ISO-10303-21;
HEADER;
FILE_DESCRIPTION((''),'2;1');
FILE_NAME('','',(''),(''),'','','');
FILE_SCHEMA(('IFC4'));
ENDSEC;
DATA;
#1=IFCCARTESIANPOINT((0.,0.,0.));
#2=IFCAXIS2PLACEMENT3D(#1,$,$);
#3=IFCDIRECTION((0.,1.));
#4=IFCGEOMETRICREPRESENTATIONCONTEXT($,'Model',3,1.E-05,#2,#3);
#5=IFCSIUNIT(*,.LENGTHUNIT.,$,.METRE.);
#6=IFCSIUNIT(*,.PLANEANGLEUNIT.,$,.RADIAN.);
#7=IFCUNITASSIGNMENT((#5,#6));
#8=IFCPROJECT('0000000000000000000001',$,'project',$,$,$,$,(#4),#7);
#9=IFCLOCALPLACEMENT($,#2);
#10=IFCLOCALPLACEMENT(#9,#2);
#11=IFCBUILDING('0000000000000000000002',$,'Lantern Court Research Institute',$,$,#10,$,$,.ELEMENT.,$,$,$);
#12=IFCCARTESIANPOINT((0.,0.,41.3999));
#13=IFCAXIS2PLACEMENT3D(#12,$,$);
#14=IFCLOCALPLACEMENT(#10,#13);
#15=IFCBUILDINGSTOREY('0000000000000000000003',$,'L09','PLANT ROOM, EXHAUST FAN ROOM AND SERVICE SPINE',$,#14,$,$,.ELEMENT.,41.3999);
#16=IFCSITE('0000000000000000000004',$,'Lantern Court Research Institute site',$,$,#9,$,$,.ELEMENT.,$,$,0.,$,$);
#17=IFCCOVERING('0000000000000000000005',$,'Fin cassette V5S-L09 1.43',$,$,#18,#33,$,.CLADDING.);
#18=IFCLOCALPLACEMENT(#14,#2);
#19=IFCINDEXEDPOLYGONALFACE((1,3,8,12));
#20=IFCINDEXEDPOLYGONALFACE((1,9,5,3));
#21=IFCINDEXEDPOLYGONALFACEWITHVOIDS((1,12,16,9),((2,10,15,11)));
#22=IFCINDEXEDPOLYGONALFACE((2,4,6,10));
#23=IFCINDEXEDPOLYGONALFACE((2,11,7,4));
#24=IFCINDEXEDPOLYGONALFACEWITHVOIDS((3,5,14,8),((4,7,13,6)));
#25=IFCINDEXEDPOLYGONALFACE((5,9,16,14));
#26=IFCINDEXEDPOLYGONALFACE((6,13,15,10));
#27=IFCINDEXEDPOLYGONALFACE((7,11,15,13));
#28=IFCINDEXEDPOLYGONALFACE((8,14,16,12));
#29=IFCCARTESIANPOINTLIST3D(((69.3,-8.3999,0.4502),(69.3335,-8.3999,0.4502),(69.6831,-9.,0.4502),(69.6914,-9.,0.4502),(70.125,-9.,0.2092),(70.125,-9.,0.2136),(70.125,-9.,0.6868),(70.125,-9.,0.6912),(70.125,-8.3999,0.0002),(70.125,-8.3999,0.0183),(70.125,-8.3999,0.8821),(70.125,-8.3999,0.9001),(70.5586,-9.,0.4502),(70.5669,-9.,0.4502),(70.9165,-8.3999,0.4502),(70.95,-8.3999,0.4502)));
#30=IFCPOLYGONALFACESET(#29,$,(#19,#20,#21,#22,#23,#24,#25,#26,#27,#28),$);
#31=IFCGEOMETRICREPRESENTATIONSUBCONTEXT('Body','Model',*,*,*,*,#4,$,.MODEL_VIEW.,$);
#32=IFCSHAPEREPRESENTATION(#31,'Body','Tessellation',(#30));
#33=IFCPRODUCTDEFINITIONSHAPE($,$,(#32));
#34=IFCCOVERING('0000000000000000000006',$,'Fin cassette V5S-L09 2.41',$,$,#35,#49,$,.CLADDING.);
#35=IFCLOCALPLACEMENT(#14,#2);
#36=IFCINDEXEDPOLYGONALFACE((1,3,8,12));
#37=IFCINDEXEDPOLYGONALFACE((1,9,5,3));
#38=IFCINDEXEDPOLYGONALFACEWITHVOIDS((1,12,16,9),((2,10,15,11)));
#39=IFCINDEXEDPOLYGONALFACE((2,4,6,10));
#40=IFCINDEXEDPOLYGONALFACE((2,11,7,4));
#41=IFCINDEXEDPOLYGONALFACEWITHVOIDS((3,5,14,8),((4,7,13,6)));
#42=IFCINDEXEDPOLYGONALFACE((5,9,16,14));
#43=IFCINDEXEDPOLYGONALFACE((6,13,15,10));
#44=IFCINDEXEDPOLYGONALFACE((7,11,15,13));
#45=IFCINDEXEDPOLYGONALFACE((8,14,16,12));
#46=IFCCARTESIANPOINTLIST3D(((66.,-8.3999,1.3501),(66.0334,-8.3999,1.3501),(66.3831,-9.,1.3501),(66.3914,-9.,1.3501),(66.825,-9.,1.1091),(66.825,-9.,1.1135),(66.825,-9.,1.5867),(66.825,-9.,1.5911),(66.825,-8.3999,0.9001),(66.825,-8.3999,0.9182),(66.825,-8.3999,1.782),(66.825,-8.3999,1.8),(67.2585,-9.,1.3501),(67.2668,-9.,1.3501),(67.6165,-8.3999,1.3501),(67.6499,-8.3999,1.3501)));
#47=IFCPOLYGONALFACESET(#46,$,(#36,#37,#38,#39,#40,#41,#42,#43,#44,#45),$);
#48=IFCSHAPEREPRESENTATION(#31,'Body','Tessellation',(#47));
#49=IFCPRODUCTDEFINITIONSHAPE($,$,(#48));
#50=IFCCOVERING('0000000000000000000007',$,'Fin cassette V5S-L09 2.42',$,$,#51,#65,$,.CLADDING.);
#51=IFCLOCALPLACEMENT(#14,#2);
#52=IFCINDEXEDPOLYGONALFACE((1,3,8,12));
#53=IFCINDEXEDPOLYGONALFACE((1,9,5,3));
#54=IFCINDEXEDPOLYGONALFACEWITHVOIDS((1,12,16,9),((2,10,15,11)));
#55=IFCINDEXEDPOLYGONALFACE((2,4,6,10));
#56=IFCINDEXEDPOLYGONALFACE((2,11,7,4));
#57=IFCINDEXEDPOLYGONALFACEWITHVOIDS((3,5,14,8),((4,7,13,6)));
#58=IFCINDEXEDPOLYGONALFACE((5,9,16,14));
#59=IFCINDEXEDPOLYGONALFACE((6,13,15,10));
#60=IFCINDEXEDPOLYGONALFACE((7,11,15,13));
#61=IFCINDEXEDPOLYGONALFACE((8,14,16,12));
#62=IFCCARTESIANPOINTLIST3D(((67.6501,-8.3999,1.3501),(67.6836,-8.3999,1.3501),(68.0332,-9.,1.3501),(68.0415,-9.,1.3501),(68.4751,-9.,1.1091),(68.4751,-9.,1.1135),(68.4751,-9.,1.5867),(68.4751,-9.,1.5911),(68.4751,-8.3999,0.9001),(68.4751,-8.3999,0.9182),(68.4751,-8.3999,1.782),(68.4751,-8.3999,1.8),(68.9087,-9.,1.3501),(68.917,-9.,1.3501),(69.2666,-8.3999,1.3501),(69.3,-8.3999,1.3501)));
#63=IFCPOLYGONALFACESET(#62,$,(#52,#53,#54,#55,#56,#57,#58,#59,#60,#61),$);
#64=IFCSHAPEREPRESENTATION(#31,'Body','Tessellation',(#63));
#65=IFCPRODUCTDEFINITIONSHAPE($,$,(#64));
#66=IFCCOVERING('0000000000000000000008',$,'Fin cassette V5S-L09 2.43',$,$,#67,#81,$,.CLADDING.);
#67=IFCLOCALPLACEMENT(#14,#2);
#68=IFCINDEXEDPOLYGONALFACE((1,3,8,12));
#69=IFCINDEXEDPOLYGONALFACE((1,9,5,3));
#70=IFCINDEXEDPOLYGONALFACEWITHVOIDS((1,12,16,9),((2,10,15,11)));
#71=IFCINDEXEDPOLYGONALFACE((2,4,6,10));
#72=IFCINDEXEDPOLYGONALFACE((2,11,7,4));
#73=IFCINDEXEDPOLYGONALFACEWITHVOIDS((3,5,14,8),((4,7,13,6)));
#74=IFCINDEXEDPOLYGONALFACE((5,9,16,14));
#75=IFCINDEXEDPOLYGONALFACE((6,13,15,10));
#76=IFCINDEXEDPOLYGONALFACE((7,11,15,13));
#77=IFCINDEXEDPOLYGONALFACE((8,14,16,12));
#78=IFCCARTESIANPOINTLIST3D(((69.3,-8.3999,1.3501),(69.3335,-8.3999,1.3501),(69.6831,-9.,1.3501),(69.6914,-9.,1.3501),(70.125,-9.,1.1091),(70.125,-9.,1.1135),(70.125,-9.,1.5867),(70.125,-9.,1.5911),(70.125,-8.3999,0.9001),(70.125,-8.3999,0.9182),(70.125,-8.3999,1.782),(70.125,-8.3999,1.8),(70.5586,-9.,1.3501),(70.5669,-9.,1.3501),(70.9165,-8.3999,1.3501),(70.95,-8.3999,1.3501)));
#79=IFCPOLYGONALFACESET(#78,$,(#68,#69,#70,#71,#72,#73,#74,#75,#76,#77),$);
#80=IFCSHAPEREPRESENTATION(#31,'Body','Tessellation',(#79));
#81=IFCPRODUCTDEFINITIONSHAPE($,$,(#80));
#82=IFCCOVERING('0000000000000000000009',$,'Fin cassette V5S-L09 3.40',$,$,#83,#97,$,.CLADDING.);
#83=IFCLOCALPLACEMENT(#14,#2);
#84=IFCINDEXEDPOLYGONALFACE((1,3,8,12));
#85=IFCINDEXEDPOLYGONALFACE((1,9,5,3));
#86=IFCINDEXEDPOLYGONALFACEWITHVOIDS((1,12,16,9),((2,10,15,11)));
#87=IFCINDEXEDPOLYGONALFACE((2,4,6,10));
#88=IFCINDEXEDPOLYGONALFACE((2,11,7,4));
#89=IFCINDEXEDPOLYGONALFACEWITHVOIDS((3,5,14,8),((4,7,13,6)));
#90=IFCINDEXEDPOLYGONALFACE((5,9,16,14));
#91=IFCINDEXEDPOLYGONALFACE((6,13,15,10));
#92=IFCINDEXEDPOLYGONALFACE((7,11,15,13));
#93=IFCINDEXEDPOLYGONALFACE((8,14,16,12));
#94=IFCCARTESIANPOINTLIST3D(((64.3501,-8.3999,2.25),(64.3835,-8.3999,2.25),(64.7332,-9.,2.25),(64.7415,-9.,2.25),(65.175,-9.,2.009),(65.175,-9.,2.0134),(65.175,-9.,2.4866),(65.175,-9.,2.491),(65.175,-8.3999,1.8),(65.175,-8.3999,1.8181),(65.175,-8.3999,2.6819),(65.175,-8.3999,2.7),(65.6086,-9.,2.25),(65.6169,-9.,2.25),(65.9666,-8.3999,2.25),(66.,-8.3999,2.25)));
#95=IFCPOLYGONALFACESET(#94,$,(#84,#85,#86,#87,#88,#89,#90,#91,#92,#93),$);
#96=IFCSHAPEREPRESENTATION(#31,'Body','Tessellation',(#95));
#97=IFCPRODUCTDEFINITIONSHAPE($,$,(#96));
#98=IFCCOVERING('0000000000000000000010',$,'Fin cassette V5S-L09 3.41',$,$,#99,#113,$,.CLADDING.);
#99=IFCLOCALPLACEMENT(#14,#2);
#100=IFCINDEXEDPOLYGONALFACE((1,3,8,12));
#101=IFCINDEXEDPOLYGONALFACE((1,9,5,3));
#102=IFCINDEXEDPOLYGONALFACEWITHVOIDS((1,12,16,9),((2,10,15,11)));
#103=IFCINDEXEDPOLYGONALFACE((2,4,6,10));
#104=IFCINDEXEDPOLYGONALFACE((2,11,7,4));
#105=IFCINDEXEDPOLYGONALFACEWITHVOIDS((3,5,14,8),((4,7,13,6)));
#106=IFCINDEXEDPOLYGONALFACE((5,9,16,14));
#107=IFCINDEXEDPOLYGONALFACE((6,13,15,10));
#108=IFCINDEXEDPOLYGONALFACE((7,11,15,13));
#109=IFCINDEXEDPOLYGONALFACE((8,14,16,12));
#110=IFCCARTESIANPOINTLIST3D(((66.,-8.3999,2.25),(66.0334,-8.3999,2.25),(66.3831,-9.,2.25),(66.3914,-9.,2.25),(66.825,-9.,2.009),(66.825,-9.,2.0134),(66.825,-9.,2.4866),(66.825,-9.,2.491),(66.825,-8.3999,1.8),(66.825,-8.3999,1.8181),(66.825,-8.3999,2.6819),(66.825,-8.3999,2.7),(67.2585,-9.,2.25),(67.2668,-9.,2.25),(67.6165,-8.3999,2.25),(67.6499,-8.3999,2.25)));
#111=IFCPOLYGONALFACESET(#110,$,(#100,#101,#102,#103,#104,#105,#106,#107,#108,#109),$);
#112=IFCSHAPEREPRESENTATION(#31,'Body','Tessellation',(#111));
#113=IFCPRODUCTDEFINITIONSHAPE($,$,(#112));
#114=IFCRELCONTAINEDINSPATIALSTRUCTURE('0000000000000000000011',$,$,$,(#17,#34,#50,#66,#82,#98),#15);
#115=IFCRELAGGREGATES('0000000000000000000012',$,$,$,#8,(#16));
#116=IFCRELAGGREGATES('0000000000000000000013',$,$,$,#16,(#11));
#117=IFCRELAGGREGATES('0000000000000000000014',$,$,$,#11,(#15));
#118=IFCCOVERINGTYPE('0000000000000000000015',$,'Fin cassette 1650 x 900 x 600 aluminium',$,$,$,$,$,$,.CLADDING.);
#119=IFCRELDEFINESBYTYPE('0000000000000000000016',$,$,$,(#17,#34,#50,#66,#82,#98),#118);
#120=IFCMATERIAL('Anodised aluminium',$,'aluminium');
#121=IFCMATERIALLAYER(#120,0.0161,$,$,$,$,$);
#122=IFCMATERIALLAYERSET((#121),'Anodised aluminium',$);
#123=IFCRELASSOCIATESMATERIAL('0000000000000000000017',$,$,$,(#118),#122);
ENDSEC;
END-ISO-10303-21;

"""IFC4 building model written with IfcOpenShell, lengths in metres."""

from ifc_helpers import new_model, entity, si_unit, direction, frame, origin, place, context, subcontext, project, spatial, material, layer, layer_set, type_object, element, save


model = new_model("IFC4")

# Units and contexts
model_context = context("Model", 3, precision=1e-05, world=origin(), true_north=direction((0.0, 1.0)))
body_context = subcontext(model_context, "Body", "Model", "MODEL_VIEW")
ifc_project = project(units=[si_unit("LENGTHUNIT", "METRE"), si_unit("PLANEANGLEUNIT", "RADIAN")], contexts=[model_context])

# Site, building, storey
site_placement = place(None, origin())
site = spatial("IfcSite", under=ifc_project, at=site_placement, Name="Lantern Court Research Institute site", CompositionType="ELEMENT", RefElevation=0.0)
building_placement = place(site_placement, origin())
building = spatial("IfcBuilding", under=site, at=building_placement, Name="Lantern Court Research Institute", CompositionType="ELEMENT")
storey_placement = place(building_placement, frame((0.0, 0.0, 41.3999)))
storey = spatial("IfcBuildingStorey", under=building, at=storey_placement, Name="L09", Description="PLANT ROOM, EXHAUST FAN ROOM AND SERVICE SPINE", CompositionType="ELEMENT", Elevation=41.3999)

# Coverings
ifc_material_1 = material(Name="Anodised aluminium", Category="aluminium")
ifc_layer_1 = layer(ifc_material_1, 0.0161)
ifc_layer_set_1 = layer_set([ifc_layer_1], Name="Anodised aluminium")
covering_type = type_object("IfcCoveringType", Name="Fin cassette 1650 x 900 x 600 aluminium", PredefinedType="CLADDING", material=ifc_layer_set_1)
covering_1_placement = place(storey_placement, frame((70.125, -8.3999, 0.4502), z_axis=(0.0, -1.0, 0.0), x_axis=(1.0, 0.0, 0.0)))
cartesian_point_1 = entity("IfcCartesianPoint", [0.825, 0.0])
cartesian_point_2 = entity("IfcCartesianPoint", [0.7915, 0.0])
cartesian_point_3 = entity("IfcCartesianPoint", [0.4419, 0.0])
cartesian_point_4 = entity("IfcCartesianPoint", [0.4336, 0.0])
element("IfcCovering", 1, at=covering_1_placement, inside=storey, type_object=covering_type, Name="Fin cassette V5S-L09 1.43", PredefinedType="CLADDING", context=body_context, shape_type="SweptSolid", body=[
    entity("IfcExtrudedAreaSolidTapered", entity("IfcArbitraryProfileDefWithVoids", "AREA", None, entity("IfcPolyline", [cartesian_point_1, entity("IfcCartesianPoint", [0.0, 0.45]), entity("IfcCartesianPoint", [-0.825, 0.0]), entity("IfcCartesianPoint", [0.0, -0.45]), cartesian_point_1]), [entity("IfcPolyline", [cartesian_point_2, entity("IfcCartesianPoint", [0.0, 0.4319]), entity("IfcCartesianPoint", [-0.7915, 0.0]), entity("IfcCartesianPoint", [0.0, -0.4319]), cartesian_point_2])]), entity("IfcAxis2Placement3D", entity("IfcCartesianPoint", [0.0, 0.0, 0.0])), entity("IfcDirection", [0.0, 0.0, 1.0]), 0.6001, entity("IfcArbitraryProfileDefWithVoids", "AREA", None, entity("IfcPolyline", [cartesian_point_3, entity("IfcCartesianPoint", [0.0, 0.241]), entity("IfcCartesianPoint", [-0.4419, 0.0]), entity("IfcCartesianPoint", [0.0, -0.241]), cartesian_point_3]), [entity("IfcPolyline", [cartesian_point_4, entity("IfcCartesianPoint", [0.0, 0.2366]), entity("IfcCartesianPoint", [-0.4336, 0.0]), entity("IfcCartesianPoint", [0.0, -0.2366]), cartesian_point_4])])),
])
covering_2_placement = place(storey_placement, frame((66.825, -8.3999, 1.3501), z_axis=(0.0, -1.0, 0.0), x_axis=(1.0, 0.0, 0.0)))
cartesian_point_5 = entity("IfcCartesianPoint", [0.825, 0.0])
cartesian_point_6 = entity("IfcCartesianPoint", [0.7915, 0.0])
cartesian_point_7 = entity("IfcCartesianPoint", [0.4419, 0.0])
cartesian_point_8 = entity("IfcCartesianPoint", [0.4336, 0.0])
element("IfcCovering", 2, at=covering_2_placement, inside=storey, type_object=covering_type, Name="Fin cassette V5S-L09 2.41", PredefinedType="CLADDING", context=body_context, shape_type="SweptSolid", body=[
    entity("IfcExtrudedAreaSolidTapered", entity("IfcArbitraryProfileDefWithVoids", "AREA", None, entity("IfcPolyline", [cartesian_point_5, entity("IfcCartesianPoint", [0.0, 0.45]), entity("IfcCartesianPoint", [-0.825, 0.0]), entity("IfcCartesianPoint", [0.0, -0.45]), cartesian_point_5]), [entity("IfcPolyline", [cartesian_point_6, entity("IfcCartesianPoint", [0.0, 0.4319]), entity("IfcCartesianPoint", [-0.7915, 0.0]), entity("IfcCartesianPoint", [0.0, -0.4319]), cartesian_point_6])]), entity("IfcAxis2Placement3D", entity("IfcCartesianPoint", [0.0, 0.0, 0.0])), entity("IfcDirection", [0.0, 0.0, 1.0]), 0.6001, entity("IfcArbitraryProfileDefWithVoids", "AREA", None, entity("IfcPolyline", [cartesian_point_7, entity("IfcCartesianPoint", [0.0, 0.241]), entity("IfcCartesianPoint", [-0.4419, 0.0]), entity("IfcCartesianPoint", [0.0, -0.241]), cartesian_point_7]), [entity("IfcPolyline", [cartesian_point_8, entity("IfcCartesianPoint", [0.0, 0.2366]), entity("IfcCartesianPoint", [-0.4336, 0.0]), entity("IfcCartesianPoint", [0.0, -0.2366]), cartesian_point_8])])),
])
covering_3_placement = place(storey_placement, frame((68.4751, -8.3999, 1.3501), z_axis=(0.0, -1.0, 0.0), x_axis=(1.0, 0.0, 0.0)))
cartesian_point_9 = entity("IfcCartesianPoint", [0.825, 0.0])
cartesian_point_10 = entity("IfcCartesianPoint", [0.7915, 0.0])
cartesian_point_11 = entity("IfcCartesianPoint", [0.4419, 0.0])
cartesian_point_12 = entity("IfcCartesianPoint", [0.4336, 0.0])
element("IfcCovering", 3, at=covering_3_placement, inside=storey, type_object=covering_type, Name="Fin cassette V5S-L09 2.42", PredefinedType="CLADDING", context=body_context, shape_type="SweptSolid", body=[
    entity("IfcExtrudedAreaSolidTapered", entity("IfcArbitraryProfileDefWithVoids", "AREA", None, entity("IfcPolyline", [cartesian_point_9, entity("IfcCartesianPoint", [0.0, 0.45]), entity("IfcCartesianPoint", [-0.825, 0.0]), entity("IfcCartesianPoint", [0.0, -0.45]), cartesian_point_9]), [entity("IfcPolyline", [cartesian_point_10, entity("IfcCartesianPoint", [0.0, 0.4319]), entity("IfcCartesianPoint", [-0.7915, 0.0]), entity("IfcCartesianPoint", [0.0, -0.4319]), cartesian_point_10])]), entity("IfcAxis2Placement3D", entity("IfcCartesianPoint", [0.0, 0.0, 0.0])), entity("IfcDirection", [0.0, 0.0, 1.0]), 0.6001, entity("IfcArbitraryProfileDefWithVoids", "AREA", None, entity("IfcPolyline", [cartesian_point_11, entity("IfcCartesianPoint", [0.0, 0.241]), entity("IfcCartesianPoint", [-0.4419, 0.0]), entity("IfcCartesianPoint", [0.0, -0.241]), cartesian_point_11]), [entity("IfcPolyline", [cartesian_point_12, entity("IfcCartesianPoint", [0.0, 0.2366]), entity("IfcCartesianPoint", [-0.4336, 0.0]), entity("IfcCartesianPoint", [0.0, -0.2366]), cartesian_point_12])])),
])
covering_4_placement = place(storey_placement, frame((70.125, -8.3999, 1.3501), z_axis=(0.0, -1.0, 0.0), x_axis=(1.0, 0.0, 0.0)))
cartesian_point_13 = entity("IfcCartesianPoint", [0.825, 0.0])
cartesian_point_14 = entity("IfcCartesianPoint", [0.7915, 0.0])
cartesian_point_15 = entity("IfcCartesianPoint", [0.4419, 0.0])
cartesian_point_16 = entity("IfcCartesianPoint", [0.4336, 0.0])
element("IfcCovering", 4, at=covering_4_placement, inside=storey, type_object=covering_type, Name="Fin cassette V5S-L09 2.43", PredefinedType="CLADDING", context=body_context, shape_type="SweptSolid", body=[
    entity("IfcExtrudedAreaSolidTapered", entity("IfcArbitraryProfileDefWithVoids", "AREA", None, entity("IfcPolyline", [cartesian_point_13, entity("IfcCartesianPoint", [0.0, 0.45]), entity("IfcCartesianPoint", [-0.825, 0.0]), entity("IfcCartesianPoint", [0.0, -0.45]), cartesian_point_13]), [entity("IfcPolyline", [cartesian_point_14, entity("IfcCartesianPoint", [0.0, 0.4319]), entity("IfcCartesianPoint", [-0.7915, 0.0]), entity("IfcCartesianPoint", [0.0, -0.4319]), cartesian_point_14])]), entity("IfcAxis2Placement3D", entity("IfcCartesianPoint", [0.0, 0.0, 0.0])), entity("IfcDirection", [0.0, 0.0, 1.0]), 0.6001, entity("IfcArbitraryProfileDefWithVoids", "AREA", None, entity("IfcPolyline", [cartesian_point_15, entity("IfcCartesianPoint", [0.0, 0.241]), entity("IfcCartesianPoint", [-0.4419, 0.0]), entity("IfcCartesianPoint", [0.0, -0.241]), cartesian_point_15]), [entity("IfcPolyline", [cartesian_point_16, entity("IfcCartesianPoint", [0.0, 0.2366]), entity("IfcCartesianPoint", [-0.4336, 0.0]), entity("IfcCartesianPoint", [0.0, -0.2366]), cartesian_point_16])])),
])
covering_5_placement = place(storey_placement, frame((65.175, -8.3999, 2.25), z_axis=(0.0, -1.0, 0.0), x_axis=(1.0, 0.0, 0.0)))
cartesian_point_17 = entity("IfcCartesianPoint", [0.825, 0.0])
cartesian_point_18 = entity("IfcCartesianPoint", [0.7915, 0.0])
cartesian_point_19 = entity("IfcCartesianPoint", [0.4419, 0.0])
cartesian_point_20 = entity("IfcCartesianPoint", [0.4336, 0.0])
element("IfcCovering", 5, at=covering_5_placement, inside=storey, type_object=covering_type, Name="Fin cassette V5S-L09 3.40", PredefinedType="CLADDING", context=body_context, shape_type="SweptSolid", body=[
    entity("IfcExtrudedAreaSolidTapered", entity("IfcArbitraryProfileDefWithVoids", "AREA", None, entity("IfcPolyline", [cartesian_point_17, entity("IfcCartesianPoint", [0.0, 0.45]), entity("IfcCartesianPoint", [-0.825, 0.0]), entity("IfcCartesianPoint", [0.0, -0.45]), cartesian_point_17]), [entity("IfcPolyline", [cartesian_point_18, entity("IfcCartesianPoint", [0.0, 0.4319]), entity("IfcCartesianPoint", [-0.7915, 0.0]), entity("IfcCartesianPoint", [0.0, -0.4319]), cartesian_point_18])]), entity("IfcAxis2Placement3D", entity("IfcCartesianPoint", [0.0, 0.0, 0.0])), entity("IfcDirection", [0.0, 0.0, 1.0]), 0.6001, entity("IfcArbitraryProfileDefWithVoids", "AREA", None, entity("IfcPolyline", [cartesian_point_19, entity("IfcCartesianPoint", [0.0, 0.241]), entity("IfcCartesianPoint", [-0.4419, 0.0]), entity("IfcCartesianPoint", [0.0, -0.241]), cartesian_point_19]), [entity("IfcPolyline", [cartesian_point_20, entity("IfcCartesianPoint", [0.0, 0.2366]), entity("IfcCartesianPoint", [-0.4336, 0.0]), entity("IfcCartesianPoint", [0.0, -0.2366]), cartesian_point_20])])),
])
covering_6_placement = place(storey_placement, frame((66.825, -8.3999, 2.25), z_axis=(0.0, -1.0, 0.0), x_axis=(1.0, 0.0, 0.0)))
cartesian_point_21 = entity("IfcCartesianPoint", [0.825, 0.0])
cartesian_point_22 = entity("IfcCartesianPoint", [0.7915, 0.0])
cartesian_point_23 = entity("IfcCartesianPoint", [0.4419, 0.0])
cartesian_point_24 = entity("IfcCartesianPoint", [0.4336, 0.0])
element("IfcCovering", 6, at=covering_6_placement, inside=storey, type_object=covering_type, Name="Fin cassette V5S-L09 3.41", PredefinedType="CLADDING", context=body_context, shape_type="SweptSolid", body=[
    entity("IfcExtrudedAreaSolidTapered", entity("IfcArbitraryProfileDefWithVoids", "AREA", None, entity("IfcPolyline", [cartesian_point_21, entity("IfcCartesianPoint", [0.0, 0.45]), entity("IfcCartesianPoint", [-0.825, 0.0]), entity("IfcCartesianPoint", [0.0, -0.45]), cartesian_point_21]), [entity("IfcPolyline", [cartesian_point_22, entity("IfcCartesianPoint", [0.0, 0.4319]), entity("IfcCartesianPoint", [-0.7915, 0.0]), entity("IfcCartesianPoint", [0.0, -0.4319]), cartesian_point_22])]), entity("IfcAxis2Placement3D", entity("IfcCartesianPoint", [0.0, 0.0, 0.0])), entity("IfcDirection", [0.0, 0.0, 1.0]), 0.6001, entity("IfcArbitraryProfileDefWithVoids", "AREA", None, entity("IfcPolyline", [cartesian_point_23, entity("IfcCartesianPoint", [0.0, 0.241]), entity("IfcCartesianPoint", [-0.4419, 0.0]), entity("IfcCartesianPoint", [0.0, -0.241]), cartesian_point_23]), [entity("IfcPolyline", [cartesian_point_24, entity("IfcCartesianPoint", [0.0, 0.2366]), entity("IfcCartesianPoint", [-0.4336, 0.0]), entity("IfcCartesianPoint", [0.0, -0.2366]), cartesian_point_24])])),
])

save(model, "model.ifc")
